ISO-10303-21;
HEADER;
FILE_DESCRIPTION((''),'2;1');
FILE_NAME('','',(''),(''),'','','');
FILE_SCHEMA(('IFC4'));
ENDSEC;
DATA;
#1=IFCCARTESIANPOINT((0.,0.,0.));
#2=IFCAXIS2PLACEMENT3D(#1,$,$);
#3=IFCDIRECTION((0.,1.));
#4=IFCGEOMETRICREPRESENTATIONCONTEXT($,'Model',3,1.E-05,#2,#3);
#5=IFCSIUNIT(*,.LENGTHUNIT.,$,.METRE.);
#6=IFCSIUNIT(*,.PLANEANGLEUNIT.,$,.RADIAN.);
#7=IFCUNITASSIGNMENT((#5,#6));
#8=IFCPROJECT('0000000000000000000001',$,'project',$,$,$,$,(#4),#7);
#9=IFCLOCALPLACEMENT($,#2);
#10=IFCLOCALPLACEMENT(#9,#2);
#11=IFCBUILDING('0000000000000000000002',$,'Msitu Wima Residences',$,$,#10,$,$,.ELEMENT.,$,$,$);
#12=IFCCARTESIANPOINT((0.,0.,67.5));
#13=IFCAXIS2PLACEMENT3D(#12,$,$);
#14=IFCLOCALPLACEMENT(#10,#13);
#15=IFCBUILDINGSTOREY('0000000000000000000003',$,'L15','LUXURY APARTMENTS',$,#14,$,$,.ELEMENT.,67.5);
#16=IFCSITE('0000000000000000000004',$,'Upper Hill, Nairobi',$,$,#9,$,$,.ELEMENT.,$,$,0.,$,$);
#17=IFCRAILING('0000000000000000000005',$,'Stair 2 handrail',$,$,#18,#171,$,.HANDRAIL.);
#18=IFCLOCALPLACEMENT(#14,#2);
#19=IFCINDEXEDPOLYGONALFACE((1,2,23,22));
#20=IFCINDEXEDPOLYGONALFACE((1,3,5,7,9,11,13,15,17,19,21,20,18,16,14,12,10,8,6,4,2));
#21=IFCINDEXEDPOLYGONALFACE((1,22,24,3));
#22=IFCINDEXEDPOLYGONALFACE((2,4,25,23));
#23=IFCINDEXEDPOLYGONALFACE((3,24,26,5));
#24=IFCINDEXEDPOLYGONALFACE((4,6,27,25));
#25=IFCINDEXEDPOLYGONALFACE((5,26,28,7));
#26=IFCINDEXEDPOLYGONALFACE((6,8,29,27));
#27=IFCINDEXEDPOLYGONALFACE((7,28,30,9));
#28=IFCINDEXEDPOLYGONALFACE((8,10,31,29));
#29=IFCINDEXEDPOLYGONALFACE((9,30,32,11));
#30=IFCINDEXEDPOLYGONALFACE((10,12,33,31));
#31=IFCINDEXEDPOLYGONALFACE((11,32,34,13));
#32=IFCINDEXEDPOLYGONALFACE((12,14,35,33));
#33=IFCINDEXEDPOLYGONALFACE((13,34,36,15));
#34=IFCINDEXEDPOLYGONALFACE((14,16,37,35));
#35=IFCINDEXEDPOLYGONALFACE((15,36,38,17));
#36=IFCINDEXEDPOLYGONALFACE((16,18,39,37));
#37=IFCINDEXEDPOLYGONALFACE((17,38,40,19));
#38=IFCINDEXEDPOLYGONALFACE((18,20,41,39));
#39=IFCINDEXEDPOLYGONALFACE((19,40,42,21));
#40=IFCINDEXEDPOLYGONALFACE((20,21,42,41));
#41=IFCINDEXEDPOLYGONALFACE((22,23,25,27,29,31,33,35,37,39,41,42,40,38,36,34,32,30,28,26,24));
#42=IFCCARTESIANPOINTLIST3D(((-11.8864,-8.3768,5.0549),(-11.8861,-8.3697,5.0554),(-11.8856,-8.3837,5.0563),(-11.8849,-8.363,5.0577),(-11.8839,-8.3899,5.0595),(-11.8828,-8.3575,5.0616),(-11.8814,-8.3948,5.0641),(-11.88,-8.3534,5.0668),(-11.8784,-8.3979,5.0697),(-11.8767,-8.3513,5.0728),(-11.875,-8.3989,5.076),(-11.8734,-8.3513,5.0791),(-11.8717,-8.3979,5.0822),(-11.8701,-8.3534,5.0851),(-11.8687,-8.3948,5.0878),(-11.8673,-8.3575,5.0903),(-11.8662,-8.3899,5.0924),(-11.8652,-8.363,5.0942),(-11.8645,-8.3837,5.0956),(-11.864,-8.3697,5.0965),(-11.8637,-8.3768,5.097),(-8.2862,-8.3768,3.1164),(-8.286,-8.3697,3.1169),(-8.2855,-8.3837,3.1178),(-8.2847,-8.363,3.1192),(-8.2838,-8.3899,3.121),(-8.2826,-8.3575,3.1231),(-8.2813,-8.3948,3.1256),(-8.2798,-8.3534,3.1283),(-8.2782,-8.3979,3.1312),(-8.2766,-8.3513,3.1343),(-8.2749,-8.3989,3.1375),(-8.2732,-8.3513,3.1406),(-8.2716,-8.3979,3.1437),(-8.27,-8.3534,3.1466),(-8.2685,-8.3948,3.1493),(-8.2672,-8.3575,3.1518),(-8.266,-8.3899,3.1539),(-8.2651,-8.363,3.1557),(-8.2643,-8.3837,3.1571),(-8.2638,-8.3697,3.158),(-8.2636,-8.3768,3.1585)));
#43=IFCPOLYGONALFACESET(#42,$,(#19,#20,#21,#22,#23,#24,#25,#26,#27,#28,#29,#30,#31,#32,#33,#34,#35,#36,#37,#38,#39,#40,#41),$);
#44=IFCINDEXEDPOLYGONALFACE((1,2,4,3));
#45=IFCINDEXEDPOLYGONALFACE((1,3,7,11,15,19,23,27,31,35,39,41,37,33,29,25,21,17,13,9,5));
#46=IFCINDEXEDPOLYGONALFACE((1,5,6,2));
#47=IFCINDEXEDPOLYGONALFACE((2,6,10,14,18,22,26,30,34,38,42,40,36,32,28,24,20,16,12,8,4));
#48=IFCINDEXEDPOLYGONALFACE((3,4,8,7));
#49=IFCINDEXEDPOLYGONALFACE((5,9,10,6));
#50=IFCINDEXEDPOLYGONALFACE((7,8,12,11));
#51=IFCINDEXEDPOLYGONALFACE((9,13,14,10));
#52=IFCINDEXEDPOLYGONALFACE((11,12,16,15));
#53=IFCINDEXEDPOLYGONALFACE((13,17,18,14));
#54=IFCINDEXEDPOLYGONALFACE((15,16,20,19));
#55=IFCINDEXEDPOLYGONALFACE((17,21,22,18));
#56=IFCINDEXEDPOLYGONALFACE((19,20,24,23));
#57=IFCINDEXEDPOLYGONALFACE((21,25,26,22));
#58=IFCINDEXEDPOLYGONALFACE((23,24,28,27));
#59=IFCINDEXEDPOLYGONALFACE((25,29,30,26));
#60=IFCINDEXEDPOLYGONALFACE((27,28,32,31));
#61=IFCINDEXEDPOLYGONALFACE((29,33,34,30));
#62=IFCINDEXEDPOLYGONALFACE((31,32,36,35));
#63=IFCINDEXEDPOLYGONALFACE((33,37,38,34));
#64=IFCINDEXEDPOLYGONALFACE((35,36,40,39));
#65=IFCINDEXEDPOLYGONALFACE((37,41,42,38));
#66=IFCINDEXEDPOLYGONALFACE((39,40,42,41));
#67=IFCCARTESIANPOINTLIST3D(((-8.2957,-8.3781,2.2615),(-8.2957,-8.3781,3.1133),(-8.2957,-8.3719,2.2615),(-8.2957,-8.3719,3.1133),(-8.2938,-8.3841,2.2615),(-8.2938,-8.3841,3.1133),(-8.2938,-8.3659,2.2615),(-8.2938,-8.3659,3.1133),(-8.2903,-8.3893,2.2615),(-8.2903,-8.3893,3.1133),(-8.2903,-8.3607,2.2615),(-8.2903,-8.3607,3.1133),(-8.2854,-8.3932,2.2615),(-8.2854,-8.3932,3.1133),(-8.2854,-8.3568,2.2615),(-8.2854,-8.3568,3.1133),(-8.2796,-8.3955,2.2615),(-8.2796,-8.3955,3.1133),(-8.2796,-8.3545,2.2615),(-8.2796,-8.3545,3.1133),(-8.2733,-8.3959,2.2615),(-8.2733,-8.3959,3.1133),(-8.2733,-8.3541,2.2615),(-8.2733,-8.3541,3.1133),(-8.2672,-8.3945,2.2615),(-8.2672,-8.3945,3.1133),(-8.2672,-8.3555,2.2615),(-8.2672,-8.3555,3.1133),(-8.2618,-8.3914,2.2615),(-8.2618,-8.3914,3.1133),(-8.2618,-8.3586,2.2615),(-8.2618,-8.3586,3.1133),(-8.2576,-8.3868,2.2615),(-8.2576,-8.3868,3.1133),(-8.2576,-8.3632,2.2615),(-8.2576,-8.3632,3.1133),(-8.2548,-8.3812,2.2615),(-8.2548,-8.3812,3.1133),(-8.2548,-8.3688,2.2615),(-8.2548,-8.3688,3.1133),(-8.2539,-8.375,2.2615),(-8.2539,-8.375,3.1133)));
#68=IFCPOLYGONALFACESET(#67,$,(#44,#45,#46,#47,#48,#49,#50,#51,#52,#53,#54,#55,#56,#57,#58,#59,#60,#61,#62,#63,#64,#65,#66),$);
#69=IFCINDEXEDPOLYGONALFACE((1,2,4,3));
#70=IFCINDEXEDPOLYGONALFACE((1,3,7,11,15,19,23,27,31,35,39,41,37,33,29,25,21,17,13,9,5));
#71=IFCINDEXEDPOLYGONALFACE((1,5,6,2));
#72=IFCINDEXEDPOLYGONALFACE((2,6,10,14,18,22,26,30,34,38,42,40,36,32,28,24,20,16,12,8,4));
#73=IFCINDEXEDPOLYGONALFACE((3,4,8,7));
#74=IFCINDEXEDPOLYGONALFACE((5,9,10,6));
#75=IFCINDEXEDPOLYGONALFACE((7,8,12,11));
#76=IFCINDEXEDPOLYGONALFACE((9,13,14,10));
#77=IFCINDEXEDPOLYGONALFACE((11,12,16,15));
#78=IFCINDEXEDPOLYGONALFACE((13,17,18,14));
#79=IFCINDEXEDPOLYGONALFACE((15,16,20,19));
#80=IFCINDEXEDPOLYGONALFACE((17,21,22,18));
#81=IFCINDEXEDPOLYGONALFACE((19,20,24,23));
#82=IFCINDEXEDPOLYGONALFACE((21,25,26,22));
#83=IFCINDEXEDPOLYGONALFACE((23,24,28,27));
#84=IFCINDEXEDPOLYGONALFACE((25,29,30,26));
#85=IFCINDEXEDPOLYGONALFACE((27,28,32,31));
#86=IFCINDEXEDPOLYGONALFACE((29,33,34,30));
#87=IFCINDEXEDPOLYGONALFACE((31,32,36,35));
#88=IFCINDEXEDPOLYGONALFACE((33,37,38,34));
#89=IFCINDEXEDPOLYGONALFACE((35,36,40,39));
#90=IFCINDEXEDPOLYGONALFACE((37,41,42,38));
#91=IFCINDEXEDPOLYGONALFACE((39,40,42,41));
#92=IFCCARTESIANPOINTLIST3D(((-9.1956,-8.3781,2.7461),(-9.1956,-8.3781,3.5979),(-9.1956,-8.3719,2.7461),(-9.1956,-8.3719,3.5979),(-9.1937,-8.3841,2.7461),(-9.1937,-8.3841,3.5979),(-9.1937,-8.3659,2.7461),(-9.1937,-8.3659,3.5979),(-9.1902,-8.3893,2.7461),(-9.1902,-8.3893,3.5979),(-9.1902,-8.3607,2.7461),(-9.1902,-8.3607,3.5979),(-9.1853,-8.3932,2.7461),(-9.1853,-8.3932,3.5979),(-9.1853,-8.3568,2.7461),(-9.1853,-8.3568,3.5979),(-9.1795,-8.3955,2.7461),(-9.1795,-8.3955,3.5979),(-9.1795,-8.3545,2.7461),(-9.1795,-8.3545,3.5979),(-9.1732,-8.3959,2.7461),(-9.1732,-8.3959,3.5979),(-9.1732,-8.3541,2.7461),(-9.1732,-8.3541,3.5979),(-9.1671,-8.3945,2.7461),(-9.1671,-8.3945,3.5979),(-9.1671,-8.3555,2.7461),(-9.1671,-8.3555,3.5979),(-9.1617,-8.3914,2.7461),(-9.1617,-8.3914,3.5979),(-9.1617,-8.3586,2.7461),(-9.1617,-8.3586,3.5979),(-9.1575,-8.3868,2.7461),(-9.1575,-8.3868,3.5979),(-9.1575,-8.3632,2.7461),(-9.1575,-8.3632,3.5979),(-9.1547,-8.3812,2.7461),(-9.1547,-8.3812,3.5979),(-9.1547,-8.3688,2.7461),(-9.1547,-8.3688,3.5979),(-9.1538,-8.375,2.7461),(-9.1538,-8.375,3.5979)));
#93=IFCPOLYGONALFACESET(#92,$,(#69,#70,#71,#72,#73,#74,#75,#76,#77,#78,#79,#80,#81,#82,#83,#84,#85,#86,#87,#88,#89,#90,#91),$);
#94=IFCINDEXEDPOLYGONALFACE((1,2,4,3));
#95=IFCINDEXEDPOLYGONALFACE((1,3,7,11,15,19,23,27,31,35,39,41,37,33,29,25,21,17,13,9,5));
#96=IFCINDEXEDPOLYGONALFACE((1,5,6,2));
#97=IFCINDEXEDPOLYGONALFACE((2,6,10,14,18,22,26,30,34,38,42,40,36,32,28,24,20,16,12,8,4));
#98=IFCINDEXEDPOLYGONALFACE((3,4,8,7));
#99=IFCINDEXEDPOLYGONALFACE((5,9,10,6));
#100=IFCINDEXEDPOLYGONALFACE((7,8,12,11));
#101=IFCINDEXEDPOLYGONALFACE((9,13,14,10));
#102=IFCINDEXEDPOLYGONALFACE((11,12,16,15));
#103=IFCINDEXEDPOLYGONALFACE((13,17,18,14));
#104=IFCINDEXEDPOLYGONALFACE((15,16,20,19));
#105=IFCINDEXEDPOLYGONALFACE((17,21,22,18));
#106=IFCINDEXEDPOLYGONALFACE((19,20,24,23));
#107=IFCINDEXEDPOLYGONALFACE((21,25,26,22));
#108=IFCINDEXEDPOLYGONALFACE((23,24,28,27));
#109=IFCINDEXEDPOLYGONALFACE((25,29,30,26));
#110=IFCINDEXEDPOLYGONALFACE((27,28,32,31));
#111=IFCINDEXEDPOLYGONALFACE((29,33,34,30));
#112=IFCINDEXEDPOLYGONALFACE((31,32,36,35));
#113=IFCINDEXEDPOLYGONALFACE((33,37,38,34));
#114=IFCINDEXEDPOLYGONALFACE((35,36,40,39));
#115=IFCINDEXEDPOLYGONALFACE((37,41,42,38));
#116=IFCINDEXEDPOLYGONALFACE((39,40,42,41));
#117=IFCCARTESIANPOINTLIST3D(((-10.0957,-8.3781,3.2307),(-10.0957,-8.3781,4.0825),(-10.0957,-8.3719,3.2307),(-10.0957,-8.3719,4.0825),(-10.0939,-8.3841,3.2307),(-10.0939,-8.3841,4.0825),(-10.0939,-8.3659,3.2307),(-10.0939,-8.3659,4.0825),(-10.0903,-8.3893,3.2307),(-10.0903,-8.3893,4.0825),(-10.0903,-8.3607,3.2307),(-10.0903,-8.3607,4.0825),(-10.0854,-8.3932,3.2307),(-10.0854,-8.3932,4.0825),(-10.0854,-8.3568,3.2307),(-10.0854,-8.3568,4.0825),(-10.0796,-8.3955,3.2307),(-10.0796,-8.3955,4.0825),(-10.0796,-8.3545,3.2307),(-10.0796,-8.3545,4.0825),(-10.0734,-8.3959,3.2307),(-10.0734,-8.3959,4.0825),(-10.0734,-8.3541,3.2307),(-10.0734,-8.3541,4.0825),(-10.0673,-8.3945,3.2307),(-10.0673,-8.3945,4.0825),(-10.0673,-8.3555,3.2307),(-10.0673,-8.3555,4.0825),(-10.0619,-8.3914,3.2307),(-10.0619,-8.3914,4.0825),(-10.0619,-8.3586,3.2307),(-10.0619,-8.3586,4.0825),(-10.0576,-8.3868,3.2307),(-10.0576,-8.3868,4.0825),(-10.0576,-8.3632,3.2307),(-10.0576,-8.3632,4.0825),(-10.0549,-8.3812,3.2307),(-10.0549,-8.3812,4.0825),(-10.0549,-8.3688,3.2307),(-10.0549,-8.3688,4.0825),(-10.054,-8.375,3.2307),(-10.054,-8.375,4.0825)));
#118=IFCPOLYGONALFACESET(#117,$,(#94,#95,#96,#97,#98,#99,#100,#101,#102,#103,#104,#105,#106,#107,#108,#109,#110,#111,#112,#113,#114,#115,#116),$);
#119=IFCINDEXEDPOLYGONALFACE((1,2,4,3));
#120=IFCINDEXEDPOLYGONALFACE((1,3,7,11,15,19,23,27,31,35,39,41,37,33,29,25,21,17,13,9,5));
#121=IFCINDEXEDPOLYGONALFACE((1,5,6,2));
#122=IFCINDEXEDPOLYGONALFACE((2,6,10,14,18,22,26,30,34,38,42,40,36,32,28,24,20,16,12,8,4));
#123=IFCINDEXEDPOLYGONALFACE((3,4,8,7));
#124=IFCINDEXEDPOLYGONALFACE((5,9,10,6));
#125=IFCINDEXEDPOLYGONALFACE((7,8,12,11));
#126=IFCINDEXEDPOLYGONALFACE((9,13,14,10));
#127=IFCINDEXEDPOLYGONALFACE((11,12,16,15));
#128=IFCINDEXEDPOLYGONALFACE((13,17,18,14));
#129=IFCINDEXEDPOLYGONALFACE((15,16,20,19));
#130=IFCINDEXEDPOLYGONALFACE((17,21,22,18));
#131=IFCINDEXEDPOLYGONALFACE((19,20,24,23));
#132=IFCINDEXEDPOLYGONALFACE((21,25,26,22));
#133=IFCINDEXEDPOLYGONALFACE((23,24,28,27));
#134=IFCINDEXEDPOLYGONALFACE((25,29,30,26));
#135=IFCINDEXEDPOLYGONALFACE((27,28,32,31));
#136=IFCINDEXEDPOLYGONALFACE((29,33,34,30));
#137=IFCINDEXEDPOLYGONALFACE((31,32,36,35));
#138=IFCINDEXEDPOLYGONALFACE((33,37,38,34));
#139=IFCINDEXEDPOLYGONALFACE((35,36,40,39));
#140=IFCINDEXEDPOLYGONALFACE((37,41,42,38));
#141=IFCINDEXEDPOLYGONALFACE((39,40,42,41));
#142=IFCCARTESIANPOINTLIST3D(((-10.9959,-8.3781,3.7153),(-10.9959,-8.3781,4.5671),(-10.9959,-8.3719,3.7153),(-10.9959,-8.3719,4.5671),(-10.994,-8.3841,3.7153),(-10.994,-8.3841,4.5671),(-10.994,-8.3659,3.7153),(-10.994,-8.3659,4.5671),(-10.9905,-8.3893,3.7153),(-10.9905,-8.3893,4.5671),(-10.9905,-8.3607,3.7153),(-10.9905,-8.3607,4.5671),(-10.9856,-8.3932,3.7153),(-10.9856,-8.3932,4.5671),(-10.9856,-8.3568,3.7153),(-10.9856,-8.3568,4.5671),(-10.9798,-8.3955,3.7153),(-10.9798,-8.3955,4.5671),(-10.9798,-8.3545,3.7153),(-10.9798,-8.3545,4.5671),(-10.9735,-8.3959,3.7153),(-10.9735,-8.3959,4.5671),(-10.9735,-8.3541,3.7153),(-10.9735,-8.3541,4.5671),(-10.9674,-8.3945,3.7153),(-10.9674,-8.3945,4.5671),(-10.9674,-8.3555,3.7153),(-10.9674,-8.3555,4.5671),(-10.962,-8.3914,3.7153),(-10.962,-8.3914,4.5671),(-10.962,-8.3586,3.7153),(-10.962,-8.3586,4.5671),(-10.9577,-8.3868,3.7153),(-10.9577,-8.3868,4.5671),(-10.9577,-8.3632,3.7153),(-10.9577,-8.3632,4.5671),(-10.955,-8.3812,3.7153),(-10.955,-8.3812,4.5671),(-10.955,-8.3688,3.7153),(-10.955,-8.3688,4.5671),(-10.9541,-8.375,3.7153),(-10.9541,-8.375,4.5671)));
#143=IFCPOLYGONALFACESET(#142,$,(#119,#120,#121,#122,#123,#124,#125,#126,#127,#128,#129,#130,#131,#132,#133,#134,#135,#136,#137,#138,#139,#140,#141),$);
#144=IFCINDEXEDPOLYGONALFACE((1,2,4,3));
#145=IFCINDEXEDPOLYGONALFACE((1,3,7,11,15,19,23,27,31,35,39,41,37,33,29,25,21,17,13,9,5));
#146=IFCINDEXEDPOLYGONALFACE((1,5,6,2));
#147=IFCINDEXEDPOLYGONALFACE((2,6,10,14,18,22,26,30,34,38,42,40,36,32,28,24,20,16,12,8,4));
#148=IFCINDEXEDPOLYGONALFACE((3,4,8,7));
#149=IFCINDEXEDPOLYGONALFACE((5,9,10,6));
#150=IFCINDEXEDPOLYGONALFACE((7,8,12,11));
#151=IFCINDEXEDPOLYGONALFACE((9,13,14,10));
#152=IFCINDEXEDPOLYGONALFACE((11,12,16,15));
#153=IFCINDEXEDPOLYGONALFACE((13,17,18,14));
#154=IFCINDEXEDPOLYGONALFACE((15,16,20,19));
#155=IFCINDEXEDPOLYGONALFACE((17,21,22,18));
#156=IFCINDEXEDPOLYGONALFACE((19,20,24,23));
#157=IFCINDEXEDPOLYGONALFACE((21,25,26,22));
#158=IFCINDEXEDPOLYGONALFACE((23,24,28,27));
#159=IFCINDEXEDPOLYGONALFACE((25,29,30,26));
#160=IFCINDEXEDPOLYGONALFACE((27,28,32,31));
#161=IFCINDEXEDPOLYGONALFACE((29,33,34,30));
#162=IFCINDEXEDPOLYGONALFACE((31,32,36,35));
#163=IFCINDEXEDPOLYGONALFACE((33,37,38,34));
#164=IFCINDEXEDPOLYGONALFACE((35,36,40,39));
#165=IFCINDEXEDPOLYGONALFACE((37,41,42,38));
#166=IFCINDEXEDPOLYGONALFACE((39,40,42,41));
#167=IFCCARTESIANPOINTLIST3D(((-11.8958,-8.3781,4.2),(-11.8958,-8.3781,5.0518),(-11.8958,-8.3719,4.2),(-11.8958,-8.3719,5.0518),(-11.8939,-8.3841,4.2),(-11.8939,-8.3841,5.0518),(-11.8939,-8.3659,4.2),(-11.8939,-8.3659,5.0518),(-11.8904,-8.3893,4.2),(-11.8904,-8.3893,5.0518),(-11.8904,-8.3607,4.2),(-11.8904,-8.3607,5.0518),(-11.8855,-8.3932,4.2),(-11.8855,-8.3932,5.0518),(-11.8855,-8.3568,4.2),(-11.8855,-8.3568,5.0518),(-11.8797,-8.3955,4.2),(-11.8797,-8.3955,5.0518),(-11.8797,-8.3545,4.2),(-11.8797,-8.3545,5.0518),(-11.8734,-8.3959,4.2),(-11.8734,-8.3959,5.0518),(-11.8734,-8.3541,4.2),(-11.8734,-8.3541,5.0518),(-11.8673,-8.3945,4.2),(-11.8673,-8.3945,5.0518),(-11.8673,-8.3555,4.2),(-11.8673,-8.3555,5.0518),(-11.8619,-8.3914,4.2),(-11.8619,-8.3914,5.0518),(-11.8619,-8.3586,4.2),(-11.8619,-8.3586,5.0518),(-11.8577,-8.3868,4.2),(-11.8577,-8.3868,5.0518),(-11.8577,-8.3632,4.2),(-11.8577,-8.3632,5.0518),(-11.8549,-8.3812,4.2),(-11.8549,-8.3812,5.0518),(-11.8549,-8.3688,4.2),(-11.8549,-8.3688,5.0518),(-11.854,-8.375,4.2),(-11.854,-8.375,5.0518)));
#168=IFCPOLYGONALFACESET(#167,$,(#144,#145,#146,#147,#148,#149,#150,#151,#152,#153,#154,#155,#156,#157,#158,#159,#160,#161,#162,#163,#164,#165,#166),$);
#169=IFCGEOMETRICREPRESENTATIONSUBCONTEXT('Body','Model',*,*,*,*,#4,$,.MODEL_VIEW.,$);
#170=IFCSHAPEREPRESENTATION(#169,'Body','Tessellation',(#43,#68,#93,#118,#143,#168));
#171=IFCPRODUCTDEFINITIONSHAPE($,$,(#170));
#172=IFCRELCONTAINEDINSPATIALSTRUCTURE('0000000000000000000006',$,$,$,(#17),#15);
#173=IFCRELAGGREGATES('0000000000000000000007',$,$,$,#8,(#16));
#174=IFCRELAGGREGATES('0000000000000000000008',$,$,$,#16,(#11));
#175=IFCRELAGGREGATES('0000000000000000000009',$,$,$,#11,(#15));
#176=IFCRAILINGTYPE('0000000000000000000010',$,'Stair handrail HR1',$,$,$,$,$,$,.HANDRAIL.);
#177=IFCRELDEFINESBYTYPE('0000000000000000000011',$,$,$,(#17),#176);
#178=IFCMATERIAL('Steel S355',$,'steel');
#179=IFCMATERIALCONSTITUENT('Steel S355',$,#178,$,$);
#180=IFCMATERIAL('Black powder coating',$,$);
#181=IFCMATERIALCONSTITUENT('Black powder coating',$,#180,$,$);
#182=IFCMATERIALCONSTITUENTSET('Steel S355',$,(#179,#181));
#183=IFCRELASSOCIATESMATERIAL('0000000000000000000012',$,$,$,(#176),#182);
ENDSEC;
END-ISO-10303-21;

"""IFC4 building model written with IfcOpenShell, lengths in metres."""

from ifc_helpers import new_model, si_unit, direction, frame, origin, origin_2d, place, context, subcontext, project, spatial, circle, extrude, material, constituent, constituent_set, type_object, element, save


model = new_model("IFC4")

# Units and contexts
model_context = context("Model", 3, precision=1e-05, world=origin(), true_north=direction((0.0, 1.0)))
body_context = subcontext(model_context, "Body", "Model", "MODEL_VIEW")
ifc_project = project(units=[si_unit("LENGTHUNIT", "METRE"), si_unit("PLANEANGLEUNIT", "RADIAN")], contexts=[model_context])

# Site, building, storey
site_placement = place(None, origin())
site = spatial("IfcSite", under=ifc_project, at=site_placement, Name="Upper Hill, Nairobi", CompositionType="ELEMENT", RefElevation=0.0)
building_placement = place(site_placement, origin())
building = spatial("IfcBuilding", under=site, at=building_placement, Name="Msitu Wima Residences", CompositionType="ELEMENT")
storey_placement = place(building_placement, frame((0.0, 0.0, 67.5)))
storey = spatial("IfcBuildingStorey", under=building, at=storey_placement, Name="L15", Description="LUXURY APARTMENTS", CompositionType="ELEMENT", Elevation=67.5)

# Railing
ifc_material_1 = material(Name="Steel S355", Category="steel")
ifc_constituent_1 = constituent(ifc_material_1, Name="Steel S355")
ifc_material_2 = material(Name="Black powder coating")
ifc_constituent_2 = constituent(ifc_material_2, Name="Black powder coating")
ifc_constituent_set = constituent_set(constituents=[ifc_constituent_1, ifc_constituent_2], Name="Steel S355")
railing_type = type_object("IfcRailingType", Name="Stair handrail HR1", PredefinedType="HANDRAIL", material=ifc_constituent_set)
railing_placement = place(storey_placement, frame((-8.2749, -8.375, 2.2615)))
element("IfcRailing", 1, at=railing_placement, inside=storey, type_object=railing_type, Name="Stair 2 handrail", PredefinedType="HANDRAIL", context=body_context, shape_type="SweptSolid", body=[
    extrude(circle(Radius=0.0239, at=origin_2d()), frame((0.0, 0.0, 0.876), z_axis=(-0.880475, 0.0, 0.474093), x_axis=(0.0, -1.0, 0.0)), (0.0, 0.0, 1.0), 4.0889),
    extrude(circle(Radius=0.021, at=origin_2d()), origin(), (0.0, 0.0, 1.0), 0.8518),
    extrude(circle(Radius=0.021, at=origin_2d()), frame((-0.8999, 0.0, 0.4846)), (0.0, 0.0, 1.0), 0.8518),
    extrude(circle(Radius=0.021, at=origin_2d()), frame((-1.8, 0.0, 0.9692)), (0.0, 0.0, 1.0), 0.8518),
    extrude(circle(Radius=0.021, at=origin_2d()), frame((-2.7002, 0.0, 1.4539)), (0.0, 0.0, 1.0), 0.8518),
    extrude(circle(Radius=0.021, at=origin_2d()), frame((-3.6001, 0.0, 1.9385)), (0.0, 0.0, 1.0), 0.8518),
])

save(model, "model.ifc")
